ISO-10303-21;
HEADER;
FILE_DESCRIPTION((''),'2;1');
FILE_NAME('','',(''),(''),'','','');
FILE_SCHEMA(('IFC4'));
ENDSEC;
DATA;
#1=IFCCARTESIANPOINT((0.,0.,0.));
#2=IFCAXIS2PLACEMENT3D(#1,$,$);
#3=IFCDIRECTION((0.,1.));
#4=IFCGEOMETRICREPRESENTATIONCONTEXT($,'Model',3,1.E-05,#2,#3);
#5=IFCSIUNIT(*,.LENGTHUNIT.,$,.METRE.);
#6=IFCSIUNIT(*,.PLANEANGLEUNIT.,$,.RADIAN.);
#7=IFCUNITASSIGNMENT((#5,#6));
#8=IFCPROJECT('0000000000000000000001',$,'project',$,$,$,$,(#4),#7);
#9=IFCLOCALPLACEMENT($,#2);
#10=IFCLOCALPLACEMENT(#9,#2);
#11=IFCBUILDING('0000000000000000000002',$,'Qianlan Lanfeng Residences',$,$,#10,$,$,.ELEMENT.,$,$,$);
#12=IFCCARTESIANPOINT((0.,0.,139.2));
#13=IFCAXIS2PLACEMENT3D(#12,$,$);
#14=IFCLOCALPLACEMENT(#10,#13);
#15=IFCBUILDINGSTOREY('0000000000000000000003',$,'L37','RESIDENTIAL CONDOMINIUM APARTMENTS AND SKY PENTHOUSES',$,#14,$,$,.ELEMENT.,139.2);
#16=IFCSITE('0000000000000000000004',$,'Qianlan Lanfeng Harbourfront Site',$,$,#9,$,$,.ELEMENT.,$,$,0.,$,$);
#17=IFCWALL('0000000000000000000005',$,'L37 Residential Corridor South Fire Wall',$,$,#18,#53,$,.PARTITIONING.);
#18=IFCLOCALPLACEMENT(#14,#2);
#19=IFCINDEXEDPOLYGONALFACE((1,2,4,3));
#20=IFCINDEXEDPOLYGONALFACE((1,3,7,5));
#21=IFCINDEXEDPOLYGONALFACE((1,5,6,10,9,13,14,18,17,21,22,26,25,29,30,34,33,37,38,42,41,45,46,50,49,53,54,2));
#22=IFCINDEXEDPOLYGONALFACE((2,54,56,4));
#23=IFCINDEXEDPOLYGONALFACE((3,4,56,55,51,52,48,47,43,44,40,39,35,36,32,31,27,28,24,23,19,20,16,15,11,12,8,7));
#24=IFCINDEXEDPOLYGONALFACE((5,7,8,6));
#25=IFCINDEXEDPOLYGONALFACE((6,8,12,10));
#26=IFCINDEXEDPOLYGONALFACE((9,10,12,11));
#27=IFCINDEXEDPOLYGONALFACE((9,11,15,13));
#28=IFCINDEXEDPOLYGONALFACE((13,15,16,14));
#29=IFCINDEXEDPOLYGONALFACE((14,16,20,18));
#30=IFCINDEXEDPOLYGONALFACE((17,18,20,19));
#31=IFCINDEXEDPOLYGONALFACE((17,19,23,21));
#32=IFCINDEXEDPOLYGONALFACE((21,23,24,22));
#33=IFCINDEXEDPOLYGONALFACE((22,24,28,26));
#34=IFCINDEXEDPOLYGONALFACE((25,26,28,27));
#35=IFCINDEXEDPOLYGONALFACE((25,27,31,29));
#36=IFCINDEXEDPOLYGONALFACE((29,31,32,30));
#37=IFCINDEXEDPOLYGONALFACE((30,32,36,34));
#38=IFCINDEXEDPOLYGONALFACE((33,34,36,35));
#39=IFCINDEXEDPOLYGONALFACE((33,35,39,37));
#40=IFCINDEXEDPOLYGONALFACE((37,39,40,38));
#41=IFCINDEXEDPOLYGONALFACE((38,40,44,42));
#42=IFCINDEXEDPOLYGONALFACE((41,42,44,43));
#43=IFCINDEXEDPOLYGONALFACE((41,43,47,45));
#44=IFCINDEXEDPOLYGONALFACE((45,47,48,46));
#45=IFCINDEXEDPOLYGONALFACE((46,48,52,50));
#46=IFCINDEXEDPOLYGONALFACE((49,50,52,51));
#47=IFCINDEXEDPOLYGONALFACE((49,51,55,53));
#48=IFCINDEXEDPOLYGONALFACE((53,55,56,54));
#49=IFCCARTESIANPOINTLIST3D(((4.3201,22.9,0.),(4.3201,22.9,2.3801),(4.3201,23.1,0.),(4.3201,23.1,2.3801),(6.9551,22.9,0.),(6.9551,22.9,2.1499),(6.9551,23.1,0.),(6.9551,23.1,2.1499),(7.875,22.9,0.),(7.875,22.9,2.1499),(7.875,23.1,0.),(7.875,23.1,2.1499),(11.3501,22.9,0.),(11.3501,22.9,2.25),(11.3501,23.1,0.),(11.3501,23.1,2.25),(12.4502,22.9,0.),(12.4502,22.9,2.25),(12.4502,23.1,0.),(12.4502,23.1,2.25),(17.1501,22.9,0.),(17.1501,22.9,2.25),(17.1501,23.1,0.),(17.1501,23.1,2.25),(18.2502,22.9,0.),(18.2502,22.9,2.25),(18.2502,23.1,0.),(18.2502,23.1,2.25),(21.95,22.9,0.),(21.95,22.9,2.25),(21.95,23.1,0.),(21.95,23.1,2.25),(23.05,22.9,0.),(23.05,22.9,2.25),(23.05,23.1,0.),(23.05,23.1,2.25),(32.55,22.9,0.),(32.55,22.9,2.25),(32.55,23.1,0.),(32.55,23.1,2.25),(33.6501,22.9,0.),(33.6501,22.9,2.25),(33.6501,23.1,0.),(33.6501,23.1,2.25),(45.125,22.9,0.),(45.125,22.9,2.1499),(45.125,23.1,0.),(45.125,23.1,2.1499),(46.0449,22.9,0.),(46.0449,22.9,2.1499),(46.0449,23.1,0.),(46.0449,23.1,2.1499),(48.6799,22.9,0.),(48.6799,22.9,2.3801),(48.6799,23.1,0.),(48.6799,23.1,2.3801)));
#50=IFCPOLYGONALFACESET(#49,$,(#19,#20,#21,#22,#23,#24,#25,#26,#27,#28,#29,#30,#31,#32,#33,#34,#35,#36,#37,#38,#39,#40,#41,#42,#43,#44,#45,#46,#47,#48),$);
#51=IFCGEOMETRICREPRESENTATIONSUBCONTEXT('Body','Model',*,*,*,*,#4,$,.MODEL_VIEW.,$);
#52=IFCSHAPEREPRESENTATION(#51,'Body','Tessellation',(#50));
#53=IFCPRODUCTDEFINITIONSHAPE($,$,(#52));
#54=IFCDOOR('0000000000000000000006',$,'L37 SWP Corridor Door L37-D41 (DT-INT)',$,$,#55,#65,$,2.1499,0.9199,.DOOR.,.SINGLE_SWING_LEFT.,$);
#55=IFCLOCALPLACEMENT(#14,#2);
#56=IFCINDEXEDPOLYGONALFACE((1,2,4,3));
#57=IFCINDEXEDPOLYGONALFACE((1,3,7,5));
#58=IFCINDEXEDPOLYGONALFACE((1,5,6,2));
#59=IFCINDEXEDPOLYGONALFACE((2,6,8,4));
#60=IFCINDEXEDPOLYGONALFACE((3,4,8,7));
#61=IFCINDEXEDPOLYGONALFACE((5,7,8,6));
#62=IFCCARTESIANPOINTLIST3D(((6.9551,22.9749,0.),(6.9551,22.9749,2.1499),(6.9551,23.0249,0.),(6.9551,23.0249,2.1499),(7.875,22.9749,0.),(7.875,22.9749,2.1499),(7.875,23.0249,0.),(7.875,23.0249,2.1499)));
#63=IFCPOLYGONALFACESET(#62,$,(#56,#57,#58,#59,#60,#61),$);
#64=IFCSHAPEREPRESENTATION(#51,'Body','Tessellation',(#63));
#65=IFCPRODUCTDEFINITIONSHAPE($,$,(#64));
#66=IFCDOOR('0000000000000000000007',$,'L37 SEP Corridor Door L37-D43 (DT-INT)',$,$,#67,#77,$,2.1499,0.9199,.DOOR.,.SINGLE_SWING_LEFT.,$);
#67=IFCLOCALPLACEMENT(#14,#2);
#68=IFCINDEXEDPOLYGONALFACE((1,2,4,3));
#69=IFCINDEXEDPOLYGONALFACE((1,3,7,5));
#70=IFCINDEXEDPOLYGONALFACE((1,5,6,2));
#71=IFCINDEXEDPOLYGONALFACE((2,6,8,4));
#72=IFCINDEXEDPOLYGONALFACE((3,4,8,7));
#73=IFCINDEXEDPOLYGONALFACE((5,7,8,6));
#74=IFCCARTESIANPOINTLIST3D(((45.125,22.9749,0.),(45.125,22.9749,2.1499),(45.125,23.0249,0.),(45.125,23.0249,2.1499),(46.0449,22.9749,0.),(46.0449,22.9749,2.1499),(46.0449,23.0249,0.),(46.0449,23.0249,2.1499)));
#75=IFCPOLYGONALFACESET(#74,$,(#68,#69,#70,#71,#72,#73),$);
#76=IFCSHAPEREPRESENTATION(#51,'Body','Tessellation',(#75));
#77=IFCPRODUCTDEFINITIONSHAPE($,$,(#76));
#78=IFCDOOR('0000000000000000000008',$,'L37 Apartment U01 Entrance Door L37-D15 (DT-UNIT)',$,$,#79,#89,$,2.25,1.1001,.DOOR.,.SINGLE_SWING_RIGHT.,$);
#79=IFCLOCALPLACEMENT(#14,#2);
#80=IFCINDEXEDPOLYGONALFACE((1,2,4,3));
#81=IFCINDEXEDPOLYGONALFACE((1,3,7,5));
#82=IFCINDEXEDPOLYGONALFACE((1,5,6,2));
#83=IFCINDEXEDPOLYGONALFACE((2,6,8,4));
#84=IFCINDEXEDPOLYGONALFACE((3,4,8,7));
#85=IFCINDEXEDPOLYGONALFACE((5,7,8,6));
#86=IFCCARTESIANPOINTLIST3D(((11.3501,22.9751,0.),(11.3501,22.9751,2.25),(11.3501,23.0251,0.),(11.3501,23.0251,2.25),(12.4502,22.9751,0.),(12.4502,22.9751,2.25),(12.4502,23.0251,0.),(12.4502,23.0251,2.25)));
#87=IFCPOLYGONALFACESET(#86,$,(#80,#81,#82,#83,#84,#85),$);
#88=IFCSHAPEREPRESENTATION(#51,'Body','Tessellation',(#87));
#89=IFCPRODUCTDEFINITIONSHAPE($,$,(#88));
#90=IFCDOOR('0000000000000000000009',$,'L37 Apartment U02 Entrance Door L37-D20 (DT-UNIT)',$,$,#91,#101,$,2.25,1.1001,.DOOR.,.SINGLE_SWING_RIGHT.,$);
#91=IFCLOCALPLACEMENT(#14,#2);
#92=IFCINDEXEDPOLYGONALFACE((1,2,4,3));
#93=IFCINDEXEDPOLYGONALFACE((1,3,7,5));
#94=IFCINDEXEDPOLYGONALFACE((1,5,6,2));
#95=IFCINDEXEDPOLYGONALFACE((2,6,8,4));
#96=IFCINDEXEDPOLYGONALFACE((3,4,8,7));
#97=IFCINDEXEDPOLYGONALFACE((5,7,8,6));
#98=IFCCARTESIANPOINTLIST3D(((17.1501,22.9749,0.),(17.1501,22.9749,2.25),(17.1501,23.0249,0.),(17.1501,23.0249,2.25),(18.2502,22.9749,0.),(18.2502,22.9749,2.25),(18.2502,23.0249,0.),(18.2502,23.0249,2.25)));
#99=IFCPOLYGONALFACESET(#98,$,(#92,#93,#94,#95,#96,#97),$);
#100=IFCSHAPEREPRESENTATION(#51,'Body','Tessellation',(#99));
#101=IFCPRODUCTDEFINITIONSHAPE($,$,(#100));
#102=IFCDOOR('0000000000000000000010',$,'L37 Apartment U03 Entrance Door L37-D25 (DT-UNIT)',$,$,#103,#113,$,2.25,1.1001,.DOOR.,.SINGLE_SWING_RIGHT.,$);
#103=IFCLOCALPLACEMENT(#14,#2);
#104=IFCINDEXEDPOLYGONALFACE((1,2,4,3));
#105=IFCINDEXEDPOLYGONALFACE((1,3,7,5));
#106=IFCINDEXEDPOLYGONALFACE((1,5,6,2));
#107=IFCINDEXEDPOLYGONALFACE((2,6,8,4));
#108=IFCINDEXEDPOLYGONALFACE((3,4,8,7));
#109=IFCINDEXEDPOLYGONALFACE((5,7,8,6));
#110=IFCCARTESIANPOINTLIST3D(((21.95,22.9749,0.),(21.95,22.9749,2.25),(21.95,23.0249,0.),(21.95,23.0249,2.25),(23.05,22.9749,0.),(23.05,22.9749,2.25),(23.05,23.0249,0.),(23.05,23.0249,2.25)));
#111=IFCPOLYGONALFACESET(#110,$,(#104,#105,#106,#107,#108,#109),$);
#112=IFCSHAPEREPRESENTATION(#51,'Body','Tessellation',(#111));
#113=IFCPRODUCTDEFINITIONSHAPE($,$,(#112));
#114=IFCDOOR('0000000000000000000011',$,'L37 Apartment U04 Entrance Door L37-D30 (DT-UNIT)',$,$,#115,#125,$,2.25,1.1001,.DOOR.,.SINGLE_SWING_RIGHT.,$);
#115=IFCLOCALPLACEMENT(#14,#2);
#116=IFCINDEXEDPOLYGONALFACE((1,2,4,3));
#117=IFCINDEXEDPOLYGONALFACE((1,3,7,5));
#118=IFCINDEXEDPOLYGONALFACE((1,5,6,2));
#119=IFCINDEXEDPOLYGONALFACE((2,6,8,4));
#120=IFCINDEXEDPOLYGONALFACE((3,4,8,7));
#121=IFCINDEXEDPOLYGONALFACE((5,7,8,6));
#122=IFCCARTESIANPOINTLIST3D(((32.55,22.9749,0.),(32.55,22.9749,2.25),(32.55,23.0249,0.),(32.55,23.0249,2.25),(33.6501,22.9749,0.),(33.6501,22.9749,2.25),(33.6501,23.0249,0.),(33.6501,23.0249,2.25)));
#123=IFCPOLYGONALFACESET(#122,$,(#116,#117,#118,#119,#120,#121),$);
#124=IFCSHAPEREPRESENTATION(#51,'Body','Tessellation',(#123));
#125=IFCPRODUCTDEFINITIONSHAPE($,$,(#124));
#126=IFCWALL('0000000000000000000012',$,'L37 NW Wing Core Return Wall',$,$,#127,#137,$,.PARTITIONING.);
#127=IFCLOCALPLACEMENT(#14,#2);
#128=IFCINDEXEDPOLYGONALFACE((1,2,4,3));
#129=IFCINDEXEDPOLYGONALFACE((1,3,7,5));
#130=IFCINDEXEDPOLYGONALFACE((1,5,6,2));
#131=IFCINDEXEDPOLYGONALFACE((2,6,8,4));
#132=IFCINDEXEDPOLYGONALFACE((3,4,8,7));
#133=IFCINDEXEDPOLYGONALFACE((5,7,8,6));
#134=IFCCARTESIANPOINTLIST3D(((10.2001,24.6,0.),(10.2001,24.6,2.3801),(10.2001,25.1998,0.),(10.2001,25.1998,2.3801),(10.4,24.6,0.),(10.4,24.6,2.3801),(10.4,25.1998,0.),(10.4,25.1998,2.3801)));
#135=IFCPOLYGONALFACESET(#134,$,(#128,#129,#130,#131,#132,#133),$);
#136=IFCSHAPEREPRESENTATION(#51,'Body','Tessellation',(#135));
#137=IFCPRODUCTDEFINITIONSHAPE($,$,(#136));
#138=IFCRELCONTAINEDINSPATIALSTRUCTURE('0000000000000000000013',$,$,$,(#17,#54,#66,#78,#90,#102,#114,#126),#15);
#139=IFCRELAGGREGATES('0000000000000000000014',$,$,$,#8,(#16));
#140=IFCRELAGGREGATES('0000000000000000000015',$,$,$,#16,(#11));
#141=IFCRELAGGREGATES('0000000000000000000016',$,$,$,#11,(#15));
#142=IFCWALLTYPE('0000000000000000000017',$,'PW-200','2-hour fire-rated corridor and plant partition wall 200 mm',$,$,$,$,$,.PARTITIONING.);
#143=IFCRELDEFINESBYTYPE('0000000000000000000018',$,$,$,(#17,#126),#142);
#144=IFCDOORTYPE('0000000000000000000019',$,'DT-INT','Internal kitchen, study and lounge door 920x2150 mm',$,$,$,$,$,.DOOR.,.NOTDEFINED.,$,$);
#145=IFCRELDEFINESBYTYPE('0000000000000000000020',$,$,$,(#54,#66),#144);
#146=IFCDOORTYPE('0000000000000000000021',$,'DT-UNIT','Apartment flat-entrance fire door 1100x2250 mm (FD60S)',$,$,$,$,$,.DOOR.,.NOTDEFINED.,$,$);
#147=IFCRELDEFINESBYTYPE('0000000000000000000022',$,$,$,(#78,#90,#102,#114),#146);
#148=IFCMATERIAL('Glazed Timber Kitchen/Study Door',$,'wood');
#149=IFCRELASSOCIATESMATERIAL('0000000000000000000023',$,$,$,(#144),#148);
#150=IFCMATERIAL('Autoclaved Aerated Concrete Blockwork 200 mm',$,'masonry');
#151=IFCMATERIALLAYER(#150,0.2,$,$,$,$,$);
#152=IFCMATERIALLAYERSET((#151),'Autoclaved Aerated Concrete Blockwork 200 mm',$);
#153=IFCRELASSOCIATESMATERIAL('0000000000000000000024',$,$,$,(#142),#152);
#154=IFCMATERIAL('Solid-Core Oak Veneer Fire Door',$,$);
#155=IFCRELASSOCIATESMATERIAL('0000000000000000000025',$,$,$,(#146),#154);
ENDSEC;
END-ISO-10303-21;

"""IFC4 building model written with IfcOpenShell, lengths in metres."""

from ifc_helpers import new_model, si_unit, direction, frame, frame_2d, origin, place, context, subcontext, project, spatial, rectangle, extrude, material, layer, layer_set, type_object, element, fill, save


model = new_model("IFC4")

# Units and contexts
model_context = context("Model", 3, precision=1e-05, world=origin(), true_north=direction((0.0, 1.0)))
body_context = subcontext(model_context, "Body", "Model", "MODEL_VIEW")
ifc_project = project(units=[si_unit("LENGTHUNIT", "METRE"), si_unit("PLANEANGLEUNIT", "RADIAN")], contexts=[model_context])

# Site, building, storey
site_placement = place(None, origin())
site = spatial("IfcSite", under=ifc_project, at=site_placement, Name="Qianlan Lanfeng Harbourfront Site", CompositionType="ELEMENT", RefElevation=0.0)
building_placement = place(site_placement, origin())
building = spatial("IfcBuilding", under=site, at=building_placement, Name="Qianlan Lanfeng Residences", CompositionType="ELEMENT")
storey_placement = place(building_placement, frame((0.0, 0.0, 139.2)))
storey = spatial("IfcBuildingStorey", under=building, at=storey_placement, Name="L37", Description="RESIDENTIAL CONDOMINIUM APARTMENTS AND SKY PENTHOUSES", CompositionType="ELEMENT", Elevation=139.2)

# Shared definitions
ifc_material_1 = material(Name="Glazed Timber Kitchen/Study Door", Category="wood")
door_type_1 = type_object("IfcDoorType", Name="DT-INT", Description="Internal kitchen, study and lounge door 920x2150 mm", OperationType="NOTDEFINED", PredefinedType="DOOR", material=ifc_material_1)

# Wall, openings, doors
ifc_material_2 = material(Name="Autoclaved Aerated Concrete Blockwork 200 mm", Category="masonry")
ifc_layer_1 = layer(ifc_material_2, 0.2)
ifc_layer_set_1 = layer_set([ifc_layer_1], Name="Autoclaved Aerated Concrete Blockwork 200 mm")
wall_type_1 = type_object("IfcWallType", Name="PW-200", Description="2-hour fire-rated corridor and plant partition wall 200 mm", PredefinedType="PARTITIONING", material=ifc_layer_set_1)
wall_1_placement = place(storey_placement, frame((4.3201, 23.0, 0.0), z_axis=(0.0, 0.0, 1.0), x_axis=(1.0, 0.0, 0.0)))
wall_1 = element("IfcWall", 1, at=wall_1_placement, inside=storey, type_object=wall_type_1, Name="L37 Residential Corridor South Fire Wall", PredefinedType="PARTITIONING", context=body_context, shape_type="SweptSolid", body=[
    extrude(rectangle(XDim=44.3599, YDim=0.2, at=frame_2d((22.1799, 0.0))), origin(), (0.0, 0.0, 1.0), 2.3801),
])
opening_1_placement = place(wall_1_placement, frame((7.03, 0.0, 0.0)))
opening_1 = element("IfcOpeningElement", 2, at=opening_1_placement, cuts=wall_1, PredefinedType="OPENING", context=body_context, shape_type="SweptSolid", body=[
    extrude(rectangle(XDim=1.1001, YDim=2.25, at=frame_2d((0.55, 1.125))), frame((0.0, 0.1099, 0.0), z_axis=(0.0, -1.0, 0.0), x_axis=(1.0, 0.0, 0.0)), (0.0, 0.0, 1.0), 0.22),
])
opening_2_placement = place(wall_1_placement, frame((12.8301, 0.0, 0.0)))
opening_2 = element("IfcOpeningElement", 3, at=opening_2_placement, cuts=wall_1, PredefinedType="OPENING", context=body_context, shape_type="SweptSolid", body=[
    extrude(rectangle(XDim=1.1001, YDim=2.25, at=frame_2d((0.55, 1.125))), frame((0.0, 0.1099, 0.0), z_axis=(0.0, -1.0, 0.0), x_axis=(1.0, 0.0, 0.0)), (0.0, 0.0, 1.0), 0.22),
])
opening_3_placement = place(wall_1_placement, frame((17.6299, 0.0, 0.0)))
opening_3 = element("IfcOpeningElement", 4, at=opening_3_placement, cuts=wall_1, PredefinedType="OPENING", context=body_context, shape_type="SweptSolid", body=[
    extrude(rectangle(XDim=1.1001, YDim=2.25, at=frame_2d((0.55, 1.125))), frame((0.0, 0.1099, 0.0), z_axis=(0.0, -1.0, 0.0), x_axis=(1.0, 0.0, 0.0)), (0.0, 0.0, 1.0), 0.22),
])
opening_4_placement = place(wall_1_placement, frame((28.23, 0.0, 0.0)))
opening_4 = element("IfcOpeningElement", 5, at=opening_4_placement, cuts=wall_1, PredefinedType="OPENING", context=body_context, shape_type="SweptSolid", body=[
    extrude(rectangle(XDim=1.1001, YDim=2.25, at=frame_2d((0.55, 1.125))), frame((0.0, 0.1099, 0.0), z_axis=(0.0, -1.0, 0.0), x_axis=(1.0, 0.0, 0.0)), (0.0, 0.0, 1.0), 0.22),
])
opening_5_placement = place(wall_1_placement, frame((2.635, 0.0, 0.0)))
opening_5 = element("IfcOpeningElement", 6, at=opening_5_placement, cuts=wall_1, PredefinedType="OPENING", context=body_context, shape_type="SweptSolid", body=[
    extrude(rectangle(XDim=0.9199, YDim=2.1499, at=frame_2d((0.46, 1.075))), frame((0.0, 0.1099, 0.0), z_axis=(0.0, -1.0, 0.0), x_axis=(1.0, 0.0, 0.0)), (0.0, 0.0, 1.0), 0.22),
])
opening_6_placement = place(wall_1_placement, frame((40.8049, 0.0, 0.0)))
opening_6 = element("IfcOpeningElement", 7, at=opening_6_placement, cuts=wall_1, PredefinedType="OPENING", context=body_context, shape_type="SweptSolid", body=[
    extrude(rectangle(XDim=0.9199, YDim=2.1499, at=frame_2d((0.46, 1.075))), frame((0.0, 0.1099, 0.0), z_axis=(0.0, -1.0, 0.0), x_axis=(1.0, 0.0, 0.0)), (0.0, 0.0, 1.0), 0.22),
])
door_1_placement = place(opening_5_placement, origin())
door_1 = element("IfcDoor", 8, at=door_1_placement, inside=storey, type_object=door_type_1, Name="L37 SWP Corridor Door L37-D41 (DT-INT)", OperationType="SINGLE_SWING_LEFT", OverallHeight=2.1499, OverallWidth=0.9199, PredefinedType="DOOR", context=body_context, shape_type="SweptSolid", body=[
    extrude(rectangle(XDim=0.9199, YDim=2.1499, at=frame_2d((0.46, 1.075))), frame((0.0, 0.0249, 0.0), z_axis=(0.0, -1.0, 0.0), x_axis=(1.0, 0.0, 0.0)), (0.0, 0.0, 1.0), 0.05),
])
fill(opening_5, door_1)
door_2_placement = place(opening_6_placement, origin())
door_2 = element("IfcDoor", 9, at=door_2_placement, inside=storey, type_object=door_type_1, Name="L37 SEP Corridor Door L37-D43 (DT-INT)", OperationType="SINGLE_SWING_LEFT", OverallHeight=2.1499, OverallWidth=0.9199, PredefinedType="DOOR", context=body_context, shape_type="SweptSolid", body=[
    extrude(rectangle(XDim=0.9199, YDim=2.1499, at=frame_2d((0.46, 1.075))), frame((0.0, 0.0249, 0.0), z_axis=(0.0, -1.0, 0.0), x_axis=(1.0, 0.0, 0.0)), (0.0, 0.0, 1.0), 0.05),
])
fill(opening_6, door_2)
ifc_material_3 = material(Name="Solid-Core Oak Veneer Fire Door")
door_type_2 = type_object("IfcDoorType", Name="DT-UNIT", Description="Apartment flat-entrance fire door 1100x2250 mm (FD60S)", OperationType="NOTDEFINED", PredefinedType="DOOR", material=ifc_material_3)
door_3_placement = place(opening_1_placement, frame((1.1001, 0.0, 0.0), z_axis=(0.0, 0.0, 1.0), x_axis=(-1.0, 0.0, 0.0)))
door_3 = element("IfcDoor", 10, at=door_3_placement, inside=storey, type_object=door_type_2, Name="L37 Apartment U01 Entrance Door L37-D15 (DT-UNIT)", OperationType="SINGLE_SWING_RIGHT", OverallHeight=2.25, OverallWidth=1.1001, PredefinedType="DOOR", context=body_context, shape_type="SweptSolid", body=[
    extrude(rectangle(XDim=1.1001, YDim=2.25, at=frame_2d((0.55, 1.125))), frame((0.0, 0.0249, 0.0), z_axis=(0.0, -1.0, 0.0), x_axis=(1.0, 0.0, 0.0)), (0.0, 0.0, 1.0), 0.05),
])
fill(opening_1, door_3)
door_4_placement = place(opening_2_placement, origin())
door_4 = element("IfcDoor", 11, at=door_4_placement, inside=storey, type_object=door_type_2, Name="L37 Apartment U02 Entrance Door L37-D20 (DT-UNIT)", OperationType="SINGLE_SWING_RIGHT", OverallHeight=2.25, OverallWidth=1.1001, PredefinedType="DOOR", context=body_context, shape_type="SweptSolid", body=[
    extrude(rectangle(XDim=1.1001, YDim=2.25, at=frame_2d((0.55, 1.125))), frame((0.0, 0.0249, 0.0), z_axis=(0.0, -1.0, 0.0), x_axis=(1.0, 0.0, 0.0)), (0.0, 0.0, 1.0), 0.05),
])
fill(opening_2, door_4)
door_5_placement = place(opening_3_placement, origin())
door_5 = element("IfcDoor", 12, at=door_5_placement, inside=storey, type_object=door_type_2, Name="L37 Apartment U03 Entrance Door L37-D25 (DT-UNIT)", OperationType="SINGLE_SWING_RIGHT", OverallHeight=2.25, OverallWidth=1.1001, PredefinedType="DOOR", context=body_context, shape_type="SweptSolid", body=[
    extrude(rectangle(XDim=1.1001, YDim=2.25, at=frame_2d((0.55, 1.125))), frame((0.0, 0.0249, 0.0), z_axis=(0.0, -1.0, 0.0), x_axis=(1.0, 0.0, 0.0)), (0.0, 0.0, 1.0), 0.05),
])
fill(opening_3, door_5)
door_6_placement = place(opening_4_placement, origin())
door_6 = element("IfcDoor", 13, at=door_6_placement, inside=storey, type_object=door_type_2, Name="L37 Apartment U04 Entrance Door L37-D30 (DT-UNIT)", OperationType="SINGLE_SWING_RIGHT", OverallHeight=2.25, OverallWidth=1.1001, PredefinedType="DOOR", context=body_context, shape_type="SweptSolid", body=[
    extrude(rectangle(XDim=1.1001, YDim=2.25, at=frame_2d((0.55, 1.125))), frame((0.0, 0.0249, 0.0), z_axis=(0.0, -1.0, 0.0), x_axis=(1.0, 0.0, 0.0)), (0.0, 0.0, 1.0), 0.05),
])
fill(opening_4, door_6)

# Wall
wall_2_placement = place(storey_placement, frame((10.3, 24.6001, 0.0), z_axis=(0.0, 0.0, 1.0), x_axis=(0.0, 1.0, 0.0)))
element("IfcWall", 14, at=wall_2_placement, inside=storey, type_object=wall_type_1, Name="L37 NW Wing Core Return Wall", PredefinedType="PARTITIONING", context=body_context, shape_type="SweptSolid", body=[
    extrude(rectangle(XDim=0.5999, YDim=0.2, at=frame_2d((0.2998, 0.0))), origin(), (0.0, 0.0, 1.0), 2.3801),
])

save(model, "model.ifc")
